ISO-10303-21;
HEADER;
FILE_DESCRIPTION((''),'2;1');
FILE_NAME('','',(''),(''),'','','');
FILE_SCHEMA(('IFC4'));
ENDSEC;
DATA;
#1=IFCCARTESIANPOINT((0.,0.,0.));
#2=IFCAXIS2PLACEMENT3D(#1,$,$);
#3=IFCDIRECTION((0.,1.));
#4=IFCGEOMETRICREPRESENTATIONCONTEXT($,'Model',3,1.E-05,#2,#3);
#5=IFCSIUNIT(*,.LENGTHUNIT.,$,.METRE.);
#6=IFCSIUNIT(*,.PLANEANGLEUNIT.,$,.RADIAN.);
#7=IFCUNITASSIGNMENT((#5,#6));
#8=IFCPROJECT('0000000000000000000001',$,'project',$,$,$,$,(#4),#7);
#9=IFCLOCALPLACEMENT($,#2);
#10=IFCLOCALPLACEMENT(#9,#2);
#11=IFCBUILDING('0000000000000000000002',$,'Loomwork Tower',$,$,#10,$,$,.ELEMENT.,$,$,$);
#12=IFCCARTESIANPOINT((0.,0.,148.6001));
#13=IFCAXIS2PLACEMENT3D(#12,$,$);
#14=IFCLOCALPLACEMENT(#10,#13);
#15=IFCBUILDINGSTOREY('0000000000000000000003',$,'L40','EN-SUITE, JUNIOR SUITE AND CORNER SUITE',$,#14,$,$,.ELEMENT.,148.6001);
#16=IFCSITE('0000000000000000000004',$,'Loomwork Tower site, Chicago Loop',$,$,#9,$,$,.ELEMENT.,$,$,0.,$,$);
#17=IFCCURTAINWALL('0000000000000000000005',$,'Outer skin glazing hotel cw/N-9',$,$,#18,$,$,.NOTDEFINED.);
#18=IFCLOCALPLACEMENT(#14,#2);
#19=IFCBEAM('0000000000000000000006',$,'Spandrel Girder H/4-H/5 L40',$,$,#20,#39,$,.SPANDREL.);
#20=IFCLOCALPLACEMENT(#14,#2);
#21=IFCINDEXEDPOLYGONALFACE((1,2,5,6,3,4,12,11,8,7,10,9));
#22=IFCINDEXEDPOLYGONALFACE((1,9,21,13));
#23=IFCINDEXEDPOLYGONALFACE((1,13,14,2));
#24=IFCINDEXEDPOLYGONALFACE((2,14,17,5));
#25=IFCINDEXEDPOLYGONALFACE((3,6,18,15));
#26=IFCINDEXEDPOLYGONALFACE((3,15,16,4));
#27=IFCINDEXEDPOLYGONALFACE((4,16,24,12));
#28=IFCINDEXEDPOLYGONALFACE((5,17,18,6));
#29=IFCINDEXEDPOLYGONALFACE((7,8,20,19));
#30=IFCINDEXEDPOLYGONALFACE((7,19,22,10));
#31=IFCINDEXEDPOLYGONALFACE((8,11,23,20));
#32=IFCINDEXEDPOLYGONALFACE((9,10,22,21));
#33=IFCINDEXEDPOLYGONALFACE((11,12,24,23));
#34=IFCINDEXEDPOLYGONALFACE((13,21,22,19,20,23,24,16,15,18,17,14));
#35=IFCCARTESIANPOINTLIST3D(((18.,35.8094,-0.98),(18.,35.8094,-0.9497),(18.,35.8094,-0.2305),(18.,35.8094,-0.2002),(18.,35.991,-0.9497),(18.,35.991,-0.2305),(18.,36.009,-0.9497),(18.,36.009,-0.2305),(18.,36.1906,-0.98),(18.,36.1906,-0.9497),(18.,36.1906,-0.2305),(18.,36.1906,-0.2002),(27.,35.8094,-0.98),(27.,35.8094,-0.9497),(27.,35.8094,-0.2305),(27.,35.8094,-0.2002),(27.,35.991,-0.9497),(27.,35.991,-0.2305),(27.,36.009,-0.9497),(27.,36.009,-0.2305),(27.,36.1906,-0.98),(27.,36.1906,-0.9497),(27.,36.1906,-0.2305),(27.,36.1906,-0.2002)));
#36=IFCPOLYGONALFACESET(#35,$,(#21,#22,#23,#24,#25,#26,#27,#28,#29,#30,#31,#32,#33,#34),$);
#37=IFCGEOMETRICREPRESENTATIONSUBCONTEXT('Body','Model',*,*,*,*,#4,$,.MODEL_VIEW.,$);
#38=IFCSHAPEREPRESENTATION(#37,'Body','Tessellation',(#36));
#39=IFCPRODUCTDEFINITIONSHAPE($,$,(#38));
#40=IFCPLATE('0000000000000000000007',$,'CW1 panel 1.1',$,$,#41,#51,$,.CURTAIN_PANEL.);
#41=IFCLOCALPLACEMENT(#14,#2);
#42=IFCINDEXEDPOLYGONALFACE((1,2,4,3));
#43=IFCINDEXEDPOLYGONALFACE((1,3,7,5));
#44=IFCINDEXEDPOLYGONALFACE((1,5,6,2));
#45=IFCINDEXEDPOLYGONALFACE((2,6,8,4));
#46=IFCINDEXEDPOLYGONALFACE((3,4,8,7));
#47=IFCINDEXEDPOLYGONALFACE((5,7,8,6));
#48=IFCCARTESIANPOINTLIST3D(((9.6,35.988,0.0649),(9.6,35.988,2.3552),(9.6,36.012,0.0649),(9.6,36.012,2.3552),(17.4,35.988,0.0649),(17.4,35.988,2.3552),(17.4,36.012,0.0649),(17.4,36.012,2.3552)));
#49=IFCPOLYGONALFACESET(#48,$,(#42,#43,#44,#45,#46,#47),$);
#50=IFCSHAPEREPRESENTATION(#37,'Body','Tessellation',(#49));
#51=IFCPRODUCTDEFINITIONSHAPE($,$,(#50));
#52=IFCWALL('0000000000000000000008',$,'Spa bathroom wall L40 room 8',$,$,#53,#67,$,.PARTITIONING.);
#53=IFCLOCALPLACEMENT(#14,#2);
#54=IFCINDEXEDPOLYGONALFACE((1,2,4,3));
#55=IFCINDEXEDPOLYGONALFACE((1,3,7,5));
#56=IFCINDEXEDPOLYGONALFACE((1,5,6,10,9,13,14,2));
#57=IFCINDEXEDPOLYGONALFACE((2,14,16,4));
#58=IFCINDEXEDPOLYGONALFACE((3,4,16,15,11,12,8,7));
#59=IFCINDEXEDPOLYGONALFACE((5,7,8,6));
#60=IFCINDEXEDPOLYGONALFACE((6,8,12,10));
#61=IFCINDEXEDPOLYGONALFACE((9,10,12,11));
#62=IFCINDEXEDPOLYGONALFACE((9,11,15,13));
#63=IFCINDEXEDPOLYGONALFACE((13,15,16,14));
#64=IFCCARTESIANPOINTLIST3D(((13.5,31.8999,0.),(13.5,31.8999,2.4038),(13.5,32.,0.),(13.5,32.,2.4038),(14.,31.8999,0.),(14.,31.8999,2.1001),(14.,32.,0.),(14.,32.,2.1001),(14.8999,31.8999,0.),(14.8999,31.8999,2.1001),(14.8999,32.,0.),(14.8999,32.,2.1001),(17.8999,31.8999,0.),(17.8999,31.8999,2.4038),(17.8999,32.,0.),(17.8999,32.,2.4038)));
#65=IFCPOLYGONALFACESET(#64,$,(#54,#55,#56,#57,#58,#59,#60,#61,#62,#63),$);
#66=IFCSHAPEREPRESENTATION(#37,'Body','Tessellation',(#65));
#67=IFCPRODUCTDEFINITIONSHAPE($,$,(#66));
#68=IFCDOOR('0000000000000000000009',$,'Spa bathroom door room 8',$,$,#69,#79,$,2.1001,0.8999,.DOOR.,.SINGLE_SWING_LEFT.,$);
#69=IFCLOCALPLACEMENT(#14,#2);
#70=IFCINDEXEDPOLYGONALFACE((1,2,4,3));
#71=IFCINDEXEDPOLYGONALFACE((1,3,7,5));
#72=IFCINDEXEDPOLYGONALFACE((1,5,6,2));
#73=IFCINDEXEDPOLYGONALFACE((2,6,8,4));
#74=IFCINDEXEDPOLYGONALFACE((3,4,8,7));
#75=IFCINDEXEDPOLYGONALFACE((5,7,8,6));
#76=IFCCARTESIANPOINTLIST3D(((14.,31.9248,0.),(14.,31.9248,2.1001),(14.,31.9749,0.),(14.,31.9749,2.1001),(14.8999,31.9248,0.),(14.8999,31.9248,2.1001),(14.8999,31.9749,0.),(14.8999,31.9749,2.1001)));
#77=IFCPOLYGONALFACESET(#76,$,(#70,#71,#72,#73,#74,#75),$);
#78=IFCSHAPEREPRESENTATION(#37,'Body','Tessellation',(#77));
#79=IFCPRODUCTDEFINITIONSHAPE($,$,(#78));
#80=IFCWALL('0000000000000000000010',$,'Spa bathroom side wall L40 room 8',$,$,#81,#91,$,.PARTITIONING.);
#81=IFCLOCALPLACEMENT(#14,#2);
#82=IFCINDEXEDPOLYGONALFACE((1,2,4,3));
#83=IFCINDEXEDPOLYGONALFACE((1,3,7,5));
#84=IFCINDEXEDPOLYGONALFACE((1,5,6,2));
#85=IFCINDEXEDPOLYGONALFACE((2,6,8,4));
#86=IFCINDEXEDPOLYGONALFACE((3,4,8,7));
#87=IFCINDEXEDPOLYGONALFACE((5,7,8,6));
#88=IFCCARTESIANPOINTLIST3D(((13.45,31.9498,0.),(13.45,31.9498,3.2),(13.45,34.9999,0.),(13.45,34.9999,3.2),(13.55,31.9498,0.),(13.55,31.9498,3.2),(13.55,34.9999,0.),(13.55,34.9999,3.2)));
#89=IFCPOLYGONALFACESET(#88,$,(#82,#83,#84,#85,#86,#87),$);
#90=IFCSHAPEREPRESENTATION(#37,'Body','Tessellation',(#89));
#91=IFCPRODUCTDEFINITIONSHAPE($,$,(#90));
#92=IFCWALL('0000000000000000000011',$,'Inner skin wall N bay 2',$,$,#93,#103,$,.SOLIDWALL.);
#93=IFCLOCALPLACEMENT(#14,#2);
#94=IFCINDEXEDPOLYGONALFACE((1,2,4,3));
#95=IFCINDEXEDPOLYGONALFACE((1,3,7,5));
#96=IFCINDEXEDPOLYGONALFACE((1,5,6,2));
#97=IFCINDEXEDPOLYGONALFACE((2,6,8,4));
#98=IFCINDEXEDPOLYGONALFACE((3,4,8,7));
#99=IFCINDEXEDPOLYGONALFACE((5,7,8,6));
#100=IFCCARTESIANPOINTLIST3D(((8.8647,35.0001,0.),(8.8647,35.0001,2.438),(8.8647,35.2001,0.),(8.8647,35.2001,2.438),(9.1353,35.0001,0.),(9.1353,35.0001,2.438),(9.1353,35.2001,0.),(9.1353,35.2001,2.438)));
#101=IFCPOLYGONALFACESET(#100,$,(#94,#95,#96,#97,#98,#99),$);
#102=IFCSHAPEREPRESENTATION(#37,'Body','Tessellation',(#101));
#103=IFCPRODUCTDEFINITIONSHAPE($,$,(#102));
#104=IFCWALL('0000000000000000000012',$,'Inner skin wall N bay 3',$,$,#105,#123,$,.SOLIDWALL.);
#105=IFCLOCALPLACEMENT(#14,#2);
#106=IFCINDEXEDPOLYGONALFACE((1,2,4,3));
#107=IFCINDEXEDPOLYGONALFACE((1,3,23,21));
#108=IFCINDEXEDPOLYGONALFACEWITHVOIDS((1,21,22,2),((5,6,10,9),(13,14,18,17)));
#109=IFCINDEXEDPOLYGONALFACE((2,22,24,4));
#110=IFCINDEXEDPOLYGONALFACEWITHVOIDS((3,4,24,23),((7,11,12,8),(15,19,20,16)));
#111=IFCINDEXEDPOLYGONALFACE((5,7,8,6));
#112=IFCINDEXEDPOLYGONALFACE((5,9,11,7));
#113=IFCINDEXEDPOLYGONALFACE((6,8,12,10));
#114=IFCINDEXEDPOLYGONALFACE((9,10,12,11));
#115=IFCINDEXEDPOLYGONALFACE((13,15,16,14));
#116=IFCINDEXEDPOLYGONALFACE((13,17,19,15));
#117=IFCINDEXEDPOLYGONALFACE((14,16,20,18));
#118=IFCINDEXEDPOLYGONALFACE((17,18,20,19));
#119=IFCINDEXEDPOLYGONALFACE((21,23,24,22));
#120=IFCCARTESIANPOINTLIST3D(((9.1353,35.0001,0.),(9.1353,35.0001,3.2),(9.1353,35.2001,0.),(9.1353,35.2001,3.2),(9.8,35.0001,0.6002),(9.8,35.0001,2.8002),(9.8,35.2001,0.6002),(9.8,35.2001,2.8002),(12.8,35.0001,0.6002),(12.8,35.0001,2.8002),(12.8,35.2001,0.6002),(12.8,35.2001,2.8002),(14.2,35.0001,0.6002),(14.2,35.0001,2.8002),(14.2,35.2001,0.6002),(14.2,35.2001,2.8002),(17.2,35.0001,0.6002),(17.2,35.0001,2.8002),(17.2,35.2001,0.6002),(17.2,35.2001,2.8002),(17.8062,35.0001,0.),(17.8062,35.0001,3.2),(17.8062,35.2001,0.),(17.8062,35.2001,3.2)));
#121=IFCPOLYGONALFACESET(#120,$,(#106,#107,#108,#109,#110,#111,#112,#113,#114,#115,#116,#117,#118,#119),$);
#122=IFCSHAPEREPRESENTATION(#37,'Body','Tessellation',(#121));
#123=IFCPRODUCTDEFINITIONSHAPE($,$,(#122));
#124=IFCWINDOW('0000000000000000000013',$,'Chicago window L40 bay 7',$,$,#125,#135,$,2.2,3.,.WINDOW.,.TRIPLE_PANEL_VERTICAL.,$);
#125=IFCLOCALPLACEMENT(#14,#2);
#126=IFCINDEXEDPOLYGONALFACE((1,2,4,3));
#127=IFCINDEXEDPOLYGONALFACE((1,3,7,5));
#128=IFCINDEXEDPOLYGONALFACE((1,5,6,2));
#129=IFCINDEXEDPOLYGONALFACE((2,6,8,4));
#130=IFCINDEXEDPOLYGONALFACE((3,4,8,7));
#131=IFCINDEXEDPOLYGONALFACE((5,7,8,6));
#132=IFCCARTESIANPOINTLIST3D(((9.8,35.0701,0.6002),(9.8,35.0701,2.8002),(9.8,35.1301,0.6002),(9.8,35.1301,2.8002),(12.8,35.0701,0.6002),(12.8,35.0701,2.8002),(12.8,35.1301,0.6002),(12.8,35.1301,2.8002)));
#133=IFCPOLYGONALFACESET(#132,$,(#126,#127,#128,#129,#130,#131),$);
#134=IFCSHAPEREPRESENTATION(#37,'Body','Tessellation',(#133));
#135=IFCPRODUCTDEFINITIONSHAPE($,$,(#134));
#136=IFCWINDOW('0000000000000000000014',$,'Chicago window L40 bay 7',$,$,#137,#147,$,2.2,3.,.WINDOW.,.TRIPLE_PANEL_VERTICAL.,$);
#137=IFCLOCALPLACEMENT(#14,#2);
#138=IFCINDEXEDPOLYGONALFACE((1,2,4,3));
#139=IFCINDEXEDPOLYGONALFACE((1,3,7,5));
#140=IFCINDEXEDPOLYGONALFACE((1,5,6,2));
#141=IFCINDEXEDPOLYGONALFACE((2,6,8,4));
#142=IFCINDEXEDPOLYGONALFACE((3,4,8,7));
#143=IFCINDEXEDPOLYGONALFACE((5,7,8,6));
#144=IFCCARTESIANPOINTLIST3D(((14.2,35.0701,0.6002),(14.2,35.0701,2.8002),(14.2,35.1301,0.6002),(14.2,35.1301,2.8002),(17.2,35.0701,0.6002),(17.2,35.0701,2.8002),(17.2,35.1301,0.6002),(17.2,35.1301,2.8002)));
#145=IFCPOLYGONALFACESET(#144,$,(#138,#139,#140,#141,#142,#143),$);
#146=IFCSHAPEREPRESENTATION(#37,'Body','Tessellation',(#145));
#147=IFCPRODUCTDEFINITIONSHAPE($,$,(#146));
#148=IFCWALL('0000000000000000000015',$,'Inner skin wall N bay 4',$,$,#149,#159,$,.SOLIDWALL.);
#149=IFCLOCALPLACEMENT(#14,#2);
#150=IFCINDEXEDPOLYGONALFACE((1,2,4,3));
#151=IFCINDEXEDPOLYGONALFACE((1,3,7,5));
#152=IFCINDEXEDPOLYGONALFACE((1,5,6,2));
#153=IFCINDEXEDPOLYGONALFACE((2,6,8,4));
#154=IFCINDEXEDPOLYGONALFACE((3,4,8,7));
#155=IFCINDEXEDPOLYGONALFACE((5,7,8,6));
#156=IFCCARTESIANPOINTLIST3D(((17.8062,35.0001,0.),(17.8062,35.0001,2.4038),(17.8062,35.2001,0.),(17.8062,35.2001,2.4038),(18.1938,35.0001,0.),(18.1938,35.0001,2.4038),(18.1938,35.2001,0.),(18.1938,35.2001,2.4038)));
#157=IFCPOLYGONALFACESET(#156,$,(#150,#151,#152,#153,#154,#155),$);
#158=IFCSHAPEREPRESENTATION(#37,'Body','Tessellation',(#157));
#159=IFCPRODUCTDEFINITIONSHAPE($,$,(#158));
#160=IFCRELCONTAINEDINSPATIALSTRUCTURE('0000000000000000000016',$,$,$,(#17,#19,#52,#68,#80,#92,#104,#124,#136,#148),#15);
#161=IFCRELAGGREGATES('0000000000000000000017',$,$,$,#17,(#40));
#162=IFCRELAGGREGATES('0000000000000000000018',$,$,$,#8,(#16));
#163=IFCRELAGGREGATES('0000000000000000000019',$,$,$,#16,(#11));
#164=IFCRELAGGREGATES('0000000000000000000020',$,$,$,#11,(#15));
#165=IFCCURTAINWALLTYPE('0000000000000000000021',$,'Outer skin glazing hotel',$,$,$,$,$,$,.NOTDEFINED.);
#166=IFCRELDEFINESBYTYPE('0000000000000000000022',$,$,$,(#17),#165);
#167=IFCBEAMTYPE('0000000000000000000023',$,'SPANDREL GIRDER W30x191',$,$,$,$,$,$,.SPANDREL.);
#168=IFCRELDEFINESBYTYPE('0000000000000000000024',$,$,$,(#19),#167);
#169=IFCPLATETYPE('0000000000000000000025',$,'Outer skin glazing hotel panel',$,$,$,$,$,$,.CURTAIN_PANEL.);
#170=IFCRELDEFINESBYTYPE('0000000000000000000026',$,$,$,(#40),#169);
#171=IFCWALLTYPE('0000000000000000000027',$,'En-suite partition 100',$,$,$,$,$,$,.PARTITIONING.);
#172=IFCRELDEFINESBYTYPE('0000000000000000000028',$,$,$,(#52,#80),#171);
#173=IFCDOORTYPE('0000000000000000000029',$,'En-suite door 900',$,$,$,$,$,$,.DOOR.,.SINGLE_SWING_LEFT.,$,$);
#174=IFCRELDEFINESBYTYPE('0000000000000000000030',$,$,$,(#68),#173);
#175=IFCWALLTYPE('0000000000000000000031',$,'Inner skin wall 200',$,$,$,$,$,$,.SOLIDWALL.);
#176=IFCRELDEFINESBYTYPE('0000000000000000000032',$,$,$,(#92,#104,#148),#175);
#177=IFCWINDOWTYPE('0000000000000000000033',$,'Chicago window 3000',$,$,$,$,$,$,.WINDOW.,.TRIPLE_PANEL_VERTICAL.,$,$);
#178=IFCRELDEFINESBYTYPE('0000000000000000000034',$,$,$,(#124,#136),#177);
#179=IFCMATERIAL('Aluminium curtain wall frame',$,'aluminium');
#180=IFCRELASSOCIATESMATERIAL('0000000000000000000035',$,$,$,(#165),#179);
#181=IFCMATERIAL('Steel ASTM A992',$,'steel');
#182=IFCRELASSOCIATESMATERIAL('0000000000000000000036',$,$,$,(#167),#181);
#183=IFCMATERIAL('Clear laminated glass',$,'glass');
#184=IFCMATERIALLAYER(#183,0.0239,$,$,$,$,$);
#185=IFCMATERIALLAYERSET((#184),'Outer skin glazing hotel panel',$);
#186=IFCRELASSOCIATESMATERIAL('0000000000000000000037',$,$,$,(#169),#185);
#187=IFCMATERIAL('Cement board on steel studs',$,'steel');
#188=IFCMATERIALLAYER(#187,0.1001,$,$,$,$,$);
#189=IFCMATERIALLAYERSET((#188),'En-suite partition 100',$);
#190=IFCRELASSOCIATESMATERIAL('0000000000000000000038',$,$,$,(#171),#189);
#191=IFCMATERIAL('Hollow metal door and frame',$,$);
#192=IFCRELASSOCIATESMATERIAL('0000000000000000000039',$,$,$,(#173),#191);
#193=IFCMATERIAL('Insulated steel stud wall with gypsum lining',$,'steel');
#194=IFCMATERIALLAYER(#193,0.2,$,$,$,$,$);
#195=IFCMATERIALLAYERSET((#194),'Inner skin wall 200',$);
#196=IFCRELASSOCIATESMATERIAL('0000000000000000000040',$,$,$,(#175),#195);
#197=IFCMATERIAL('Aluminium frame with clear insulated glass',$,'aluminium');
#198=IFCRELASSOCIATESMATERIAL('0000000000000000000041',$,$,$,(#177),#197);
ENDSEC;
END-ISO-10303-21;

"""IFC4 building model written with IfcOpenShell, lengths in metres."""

from ifc_helpers import new_model, si_unit, direction, frame, frame_2d, origin, origin_2d, place, context, subcontext, project, spatial, rectangle, i_section, extrude, material, layer, layer_set, material_profile, profile_set, type_object, element, fill, aggregate, save


model = new_model("IFC4")

# Units and contexts
model_context = context("Model", 3, precision=1e-05, world=origin(), true_north=direction((0.0, 1.0)))
body_context = subcontext(model_context, "Body", "Model", "MODEL_VIEW")
ifc_project = project(units=[si_unit("LENGTHUNIT", "METRE"), si_unit("PLANEANGLEUNIT", "RADIAN")], contexts=[model_context])

# Site, building, storey
site_placement = place(None, origin())
site = spatial("IfcSite", under=ifc_project, at=site_placement, Name="Loomwork Tower site, Chicago Loop", CompositionType="ELEMENT", RefElevation=0.0)
building_placement = place(site_placement, origin())
building = spatial("IfcBuilding", under=site, at=building_placement, Name="Loomwork Tower", CompositionType="ELEMENT")
storey_placement = place(building_placement, frame((0.0, 0.0, 148.6001)))
storey = spatial("IfcBuildingStorey", under=building, at=storey_placement, Name="L40", Description="EN-SUITE, JUNIOR SUITE AND CORNER SUITE", CompositionType="ELEMENT", Elevation=148.6001)

# Shared definitions
ifc_material_1 = material(Name="Aluminium curtain wall frame", Category="aluminium")
curtain_wall_type = type_object("IfcCurtainWallType", Name="Outer skin glazing hotel", PredefinedType="NOTDEFINED", material=ifc_material_1)

# Curtain wall
curtain_wall_1_placement = place(storey_placement, origin())
curtain_wall_1 = element("IfcCurtainWall", 1, at=curtain_wall_1_placement, inside=storey, type_object=curtain_wall_type, Name="Outer skin glazing hotel cw/N-9", PredefinedType="NOTDEFINED")

# Beam
ifc_material_2 = material(Name="Steel ASTM A992", Category="steel")
ifc_material_profile_1 = material_profile(ifc_material_2, i_section(OverallWidth=0.3811, OverallDepth=0.7798, WebThickness=0.0181, FlangeThickness=0.0303, at=origin_2d()), Name="W30x191")
ifc_profile_set_1 = profile_set([ifc_material_profile_1], Name="Steel ASTM A992")
beam_type_1 = type_object("IfcBeamType", Name="SPANDREL GIRDER W30x191", PredefinedType="SPANDREL", material=ifc_profile_set_1)
for number, where, z_axis, x_axis, name in (
    (2, (18.0, 36.0, -0.5901), (1.0, 0.0, 0.0), (0.0, 1.0, 0.0), "Spandrel Girder H/4-H/5 L40"),
):
    element("IfcBeam", number, at=place(storey_placement, frame(where, z_axis=z_axis, x_axis=x_axis)), inside=storey, type_object=beam_type_1, Name=name, PredefinedType="SPANDREL", context=body_context, shape_type="SweptSolid", body=[
        extrude(i_section(OverallWidth=0.3811, OverallDepth=0.7798, WebThickness=0.0181, FlangeThickness=0.0303, at=origin_2d()), origin(), (0.0, 0.0, 1.0), 9.0),
    ])

# Plate
ifc_material_3 = material(Name="Clear laminated glass", Category="glass")
ifc_layer_1 = layer(ifc_material_3, 0.0239)
ifc_layer_set_1 = layer_set([ifc_layer_1], Name="Outer skin glazing hotel panel")
plate_type = type_object("IfcPlateType", Name="Outer skin glazing hotel panel", PredefinedType="CURTAIN_PANEL", material=ifc_layer_set_1)
plate_placement = place(storey_placement, frame((13.5, 36.0, 0.0649), z_axis=(0.0, 0.0, 1.0), x_axis=(-1.0, 0.0, 0.0)))
plate = element("IfcPlate", 3, at=plate_placement, type_object=plate_type, Name="CW1 panel 1.1", PredefinedType="CURTAIN_PANEL", context=body_context, shape_type="SweptSolid", body=[
    extrude(rectangle(XDim=7.8, YDim=0.0239, at=origin_2d()), origin(), (0.0, 0.0, 1.0), 2.2903),
])
aggregate(curtain_wall_1, [plate])

# Wall, opening, door
ifc_material_4 = material(Name="Cement board on steel studs", Category="steel")
ifc_layer_2 = layer(ifc_material_4, 0.1001)
ifc_layer_set_2 = layer_set([ifc_layer_2], Name="En-suite partition 100")
wall_type_1 = type_object("IfcWallType", Name="En-suite partition 100", PredefinedType="PARTITIONING", material=ifc_layer_set_2)
wall_1_placement = place(storey_placement, frame((13.5, 31.95, 0.0), z_axis=(0.0, 0.0, 1.0), x_axis=(1.0, 0.0, 0.0)))
wall_1 = element("IfcWall", 4, at=wall_1_placement, inside=storey, type_object=wall_type_1, Name="Spa bathroom wall L40 room 8", PredefinedType="PARTITIONING", context=body_context, shape_type="SweptSolid", body=[
    extrude(rectangle(XDim=4.3999, YDim=0.1001, at=frame_2d((2.2, 0.0))), origin(), (0.0, 0.0, 1.0), 2.4038),
])
opening_1_placement = place(wall_1_placement, frame((0.5, 0.0, 0.0)))
opening_1 = element("IfcOpeningElement", 5, at=opening_1_placement, cuts=wall_1, PredefinedType="OPENING", context=body_context, shape_type="SweptSolid", body=[
    extrude(rectangle(XDim=0.8999, YDim=2.1001, at=frame_2d((0.45, 1.05))), frame((0.0, 0.0601, 0.0), z_axis=(0.0, -1.0, 0.0), x_axis=(1.0, 0.0, 0.0)), (0.0, 0.0, 1.0), 0.1201),
])
ifc_material_5 = material(Name="Hollow metal door and frame")
door_type = type_object("IfcDoorType", Name="En-suite door 900", OperationType="SINGLE_SWING_LEFT", PredefinedType="DOOR", material=ifc_material_5)
door_placement = place(opening_1_placement, origin())
door = element("IfcDoor", 6, at=door_placement, inside=storey, type_object=door_type, Name="Spa bathroom door room 8", OperationType="SINGLE_SWING_LEFT", OverallHeight=2.1001, OverallWidth=0.8999, PredefinedType="DOOR", context=body_context, shape_type="SweptSolid", body=[
    extrude(rectangle(XDim=0.8999, YDim=2.1001, at=frame_2d((0.45, 1.05))), frame((0.0, 0.0249, 0.0), z_axis=(0.0, -1.0, 0.0), x_axis=(1.0, 0.0, 0.0)), (0.0, 0.0, 1.0), 0.05),
])
fill(opening_1, door)

# Walls
wall_2_placement = place(storey_placement, frame((13.5, 31.95, 0.0), z_axis=(0.0, 0.0, 1.0), x_axis=(0.0, 1.0, 0.0)))
element("IfcWall", 7, at=wall_2_placement, inside=storey, type_object=wall_type_1, Name="Spa bathroom side wall L40 room 8", PredefinedType="PARTITIONING", context=body_context, shape_type="SweptSolid", body=[
    extrude(rectangle(XDim=3.05, YDim=0.1001, at=frame_2d((1.5249, 0.0))), origin(), (0.0, 0.0, 1.0), 3.2),
])
ifc_material_6 = material(Name="Insulated steel stud wall with gypsum lining", Category="steel")
ifc_layer_3 = layer(ifc_material_6, 0.2)
ifc_layer_set_3 = layer_set([ifc_layer_3], Name="Inner skin wall 200")
wall_type_2 = type_object("IfcWallType", Name="Inner skin wall 200", PredefinedType="SOLIDWALL", material=ifc_layer_set_3)
wall_3_placement = place(storey_placement, frame((8.8647, 35.1001, 0.0), z_axis=(0.0, 0.0, 1.0), x_axis=(1.0, 0.0, 0.0)))
element("IfcWall", 8, at=wall_3_placement, inside=storey, type_object=wall_type_2, Name="Inner skin wall N bay 2", PredefinedType="SOLIDWALL", context=body_context, shape_type="SweptSolid", body=[
    extrude(rectangle(XDim=0.2705, YDim=0.2, at=frame_2d((0.1353, 0.0))), origin(), (0.0, 0.0, 1.0), 2.438),
])

# Wall, openings, windows
wall_4_placement = place(storey_placement, frame((9.1353, 35.1001, 0.0), z_axis=(0.0, 0.0, 1.0), x_axis=(1.0, 0.0, 0.0)))
wall_4 = element("IfcWall", 9, at=wall_4_placement, inside=storey, type_object=wall_type_2, Name="Inner skin wall N bay 3", PredefinedType="SOLIDWALL", context=body_context, shape_type="SweptSolid", body=[
    extrude(rectangle(XDim=8.6709, YDim=0.2, at=frame_2d((4.3354, 0.0))), origin(), (0.0, 0.0, 1.0), 3.2),
])
opening_2_placement = place(wall_4_placement, frame((0.6648, 0.0, 0.6001)))
opening_2 = element("IfcOpeningElement", 10, at=opening_2_placement, cuts=wall_4, PredefinedType="OPENING", context=body_context, shape_type="SweptSolid", body=[
    extrude(rectangle(XDim=3.0, YDim=2.2, at=frame_2d((1.5, 1.1001))), frame((0.0, 0.1099, 0.0), z_axis=(0.0, -1.0, 0.0), x_axis=(1.0, 0.0, 0.0)), (0.0, 0.0, 1.0), 0.22),
])
opening_3_placement = place(wall_4_placement, frame((5.0647, 0.0, 0.6001)))
opening_3 = element("IfcOpeningElement", 11, at=opening_3_placement, cuts=wall_4, PredefinedType="OPENING", context=body_context, shape_type="SweptSolid", body=[
    extrude(rectangle(XDim=3.0, YDim=2.2, at=frame_2d((1.5, 1.1001))), frame((0.0, 0.1099, 0.0), z_axis=(0.0, -1.0, 0.0), x_axis=(1.0, 0.0, 0.0)), (0.0, 0.0, 1.0), 0.22),
])
ifc_material_7 = material(Name="Aluminium frame with clear insulated glass", Category="aluminium")
window_type = type_object("IfcWindowType", Name="Chicago window 3000", PartitioningType="TRIPLE_PANEL_VERTICAL", PredefinedType="WINDOW", material=ifc_material_7)
window_1_placement = place(opening_2_placement, origin())
window_1 = element("IfcWindow", 12, at=window_1_placement, inside=storey, type_object=window_type, Name="Chicago window L40 bay 7", OverallHeight=2.2, OverallWidth=3.0, PartitioningType="TRIPLE_PANEL_VERTICAL", PredefinedType="WINDOW", context=body_context, shape_type="SweptSolid", body=[
    extrude(rectangle(XDim=3.0, YDim=2.2, at=frame_2d((1.5, 1.1001))), frame((0.0, 0.03, 0.0), z_axis=(0.0, -1.0, 0.0), x_axis=(1.0, 0.0, 0.0)), (0.0, 0.0, 1.0), 0.0601),
])
fill(opening_2, window_1)
window_2_placement = place(opening_3_placement, origin())
window_2 = element("IfcWindow", 13, at=window_2_placement, inside=storey, type_object=window_type, Name="Chicago window L40 bay 7", OverallHeight=2.2, OverallWidth=3.0, PartitioningType="TRIPLE_PANEL_VERTICAL", PredefinedType="WINDOW", context=body_context, shape_type="SweptSolid", body=[
    extrude(rectangle(XDim=3.0, YDim=2.2, at=frame_2d((1.5, 1.1001))), frame((0.0, 0.03, 0.0), z_axis=(0.0, -1.0, 0.0), x_axis=(1.0, 0.0, 0.0)), (0.0, 0.0, 1.0), 0.0601),
])
fill(opening_3, window_2)

# Wall
wall_5_placement = place(storey_placement, frame((17.8062, 35.1001, 0.0), z_axis=(0.0, 0.0, 1.0), x_axis=(1.0, 0.0, 0.0)))
element("IfcWall", 14, at=wall_5_placement, inside=storey, type_object=wall_type_2, Name="Inner skin wall N bay 4", PredefinedType="SOLIDWALL", context=body_context, shape_type="SweptSolid", body=[
    extrude(rectangle(XDim=0.3877, YDim=0.2, at=frame_2d((0.1938, 0.0))), origin(), (0.0, 0.0, 1.0), 2.4038),
])

save(model, "model.ifc")
